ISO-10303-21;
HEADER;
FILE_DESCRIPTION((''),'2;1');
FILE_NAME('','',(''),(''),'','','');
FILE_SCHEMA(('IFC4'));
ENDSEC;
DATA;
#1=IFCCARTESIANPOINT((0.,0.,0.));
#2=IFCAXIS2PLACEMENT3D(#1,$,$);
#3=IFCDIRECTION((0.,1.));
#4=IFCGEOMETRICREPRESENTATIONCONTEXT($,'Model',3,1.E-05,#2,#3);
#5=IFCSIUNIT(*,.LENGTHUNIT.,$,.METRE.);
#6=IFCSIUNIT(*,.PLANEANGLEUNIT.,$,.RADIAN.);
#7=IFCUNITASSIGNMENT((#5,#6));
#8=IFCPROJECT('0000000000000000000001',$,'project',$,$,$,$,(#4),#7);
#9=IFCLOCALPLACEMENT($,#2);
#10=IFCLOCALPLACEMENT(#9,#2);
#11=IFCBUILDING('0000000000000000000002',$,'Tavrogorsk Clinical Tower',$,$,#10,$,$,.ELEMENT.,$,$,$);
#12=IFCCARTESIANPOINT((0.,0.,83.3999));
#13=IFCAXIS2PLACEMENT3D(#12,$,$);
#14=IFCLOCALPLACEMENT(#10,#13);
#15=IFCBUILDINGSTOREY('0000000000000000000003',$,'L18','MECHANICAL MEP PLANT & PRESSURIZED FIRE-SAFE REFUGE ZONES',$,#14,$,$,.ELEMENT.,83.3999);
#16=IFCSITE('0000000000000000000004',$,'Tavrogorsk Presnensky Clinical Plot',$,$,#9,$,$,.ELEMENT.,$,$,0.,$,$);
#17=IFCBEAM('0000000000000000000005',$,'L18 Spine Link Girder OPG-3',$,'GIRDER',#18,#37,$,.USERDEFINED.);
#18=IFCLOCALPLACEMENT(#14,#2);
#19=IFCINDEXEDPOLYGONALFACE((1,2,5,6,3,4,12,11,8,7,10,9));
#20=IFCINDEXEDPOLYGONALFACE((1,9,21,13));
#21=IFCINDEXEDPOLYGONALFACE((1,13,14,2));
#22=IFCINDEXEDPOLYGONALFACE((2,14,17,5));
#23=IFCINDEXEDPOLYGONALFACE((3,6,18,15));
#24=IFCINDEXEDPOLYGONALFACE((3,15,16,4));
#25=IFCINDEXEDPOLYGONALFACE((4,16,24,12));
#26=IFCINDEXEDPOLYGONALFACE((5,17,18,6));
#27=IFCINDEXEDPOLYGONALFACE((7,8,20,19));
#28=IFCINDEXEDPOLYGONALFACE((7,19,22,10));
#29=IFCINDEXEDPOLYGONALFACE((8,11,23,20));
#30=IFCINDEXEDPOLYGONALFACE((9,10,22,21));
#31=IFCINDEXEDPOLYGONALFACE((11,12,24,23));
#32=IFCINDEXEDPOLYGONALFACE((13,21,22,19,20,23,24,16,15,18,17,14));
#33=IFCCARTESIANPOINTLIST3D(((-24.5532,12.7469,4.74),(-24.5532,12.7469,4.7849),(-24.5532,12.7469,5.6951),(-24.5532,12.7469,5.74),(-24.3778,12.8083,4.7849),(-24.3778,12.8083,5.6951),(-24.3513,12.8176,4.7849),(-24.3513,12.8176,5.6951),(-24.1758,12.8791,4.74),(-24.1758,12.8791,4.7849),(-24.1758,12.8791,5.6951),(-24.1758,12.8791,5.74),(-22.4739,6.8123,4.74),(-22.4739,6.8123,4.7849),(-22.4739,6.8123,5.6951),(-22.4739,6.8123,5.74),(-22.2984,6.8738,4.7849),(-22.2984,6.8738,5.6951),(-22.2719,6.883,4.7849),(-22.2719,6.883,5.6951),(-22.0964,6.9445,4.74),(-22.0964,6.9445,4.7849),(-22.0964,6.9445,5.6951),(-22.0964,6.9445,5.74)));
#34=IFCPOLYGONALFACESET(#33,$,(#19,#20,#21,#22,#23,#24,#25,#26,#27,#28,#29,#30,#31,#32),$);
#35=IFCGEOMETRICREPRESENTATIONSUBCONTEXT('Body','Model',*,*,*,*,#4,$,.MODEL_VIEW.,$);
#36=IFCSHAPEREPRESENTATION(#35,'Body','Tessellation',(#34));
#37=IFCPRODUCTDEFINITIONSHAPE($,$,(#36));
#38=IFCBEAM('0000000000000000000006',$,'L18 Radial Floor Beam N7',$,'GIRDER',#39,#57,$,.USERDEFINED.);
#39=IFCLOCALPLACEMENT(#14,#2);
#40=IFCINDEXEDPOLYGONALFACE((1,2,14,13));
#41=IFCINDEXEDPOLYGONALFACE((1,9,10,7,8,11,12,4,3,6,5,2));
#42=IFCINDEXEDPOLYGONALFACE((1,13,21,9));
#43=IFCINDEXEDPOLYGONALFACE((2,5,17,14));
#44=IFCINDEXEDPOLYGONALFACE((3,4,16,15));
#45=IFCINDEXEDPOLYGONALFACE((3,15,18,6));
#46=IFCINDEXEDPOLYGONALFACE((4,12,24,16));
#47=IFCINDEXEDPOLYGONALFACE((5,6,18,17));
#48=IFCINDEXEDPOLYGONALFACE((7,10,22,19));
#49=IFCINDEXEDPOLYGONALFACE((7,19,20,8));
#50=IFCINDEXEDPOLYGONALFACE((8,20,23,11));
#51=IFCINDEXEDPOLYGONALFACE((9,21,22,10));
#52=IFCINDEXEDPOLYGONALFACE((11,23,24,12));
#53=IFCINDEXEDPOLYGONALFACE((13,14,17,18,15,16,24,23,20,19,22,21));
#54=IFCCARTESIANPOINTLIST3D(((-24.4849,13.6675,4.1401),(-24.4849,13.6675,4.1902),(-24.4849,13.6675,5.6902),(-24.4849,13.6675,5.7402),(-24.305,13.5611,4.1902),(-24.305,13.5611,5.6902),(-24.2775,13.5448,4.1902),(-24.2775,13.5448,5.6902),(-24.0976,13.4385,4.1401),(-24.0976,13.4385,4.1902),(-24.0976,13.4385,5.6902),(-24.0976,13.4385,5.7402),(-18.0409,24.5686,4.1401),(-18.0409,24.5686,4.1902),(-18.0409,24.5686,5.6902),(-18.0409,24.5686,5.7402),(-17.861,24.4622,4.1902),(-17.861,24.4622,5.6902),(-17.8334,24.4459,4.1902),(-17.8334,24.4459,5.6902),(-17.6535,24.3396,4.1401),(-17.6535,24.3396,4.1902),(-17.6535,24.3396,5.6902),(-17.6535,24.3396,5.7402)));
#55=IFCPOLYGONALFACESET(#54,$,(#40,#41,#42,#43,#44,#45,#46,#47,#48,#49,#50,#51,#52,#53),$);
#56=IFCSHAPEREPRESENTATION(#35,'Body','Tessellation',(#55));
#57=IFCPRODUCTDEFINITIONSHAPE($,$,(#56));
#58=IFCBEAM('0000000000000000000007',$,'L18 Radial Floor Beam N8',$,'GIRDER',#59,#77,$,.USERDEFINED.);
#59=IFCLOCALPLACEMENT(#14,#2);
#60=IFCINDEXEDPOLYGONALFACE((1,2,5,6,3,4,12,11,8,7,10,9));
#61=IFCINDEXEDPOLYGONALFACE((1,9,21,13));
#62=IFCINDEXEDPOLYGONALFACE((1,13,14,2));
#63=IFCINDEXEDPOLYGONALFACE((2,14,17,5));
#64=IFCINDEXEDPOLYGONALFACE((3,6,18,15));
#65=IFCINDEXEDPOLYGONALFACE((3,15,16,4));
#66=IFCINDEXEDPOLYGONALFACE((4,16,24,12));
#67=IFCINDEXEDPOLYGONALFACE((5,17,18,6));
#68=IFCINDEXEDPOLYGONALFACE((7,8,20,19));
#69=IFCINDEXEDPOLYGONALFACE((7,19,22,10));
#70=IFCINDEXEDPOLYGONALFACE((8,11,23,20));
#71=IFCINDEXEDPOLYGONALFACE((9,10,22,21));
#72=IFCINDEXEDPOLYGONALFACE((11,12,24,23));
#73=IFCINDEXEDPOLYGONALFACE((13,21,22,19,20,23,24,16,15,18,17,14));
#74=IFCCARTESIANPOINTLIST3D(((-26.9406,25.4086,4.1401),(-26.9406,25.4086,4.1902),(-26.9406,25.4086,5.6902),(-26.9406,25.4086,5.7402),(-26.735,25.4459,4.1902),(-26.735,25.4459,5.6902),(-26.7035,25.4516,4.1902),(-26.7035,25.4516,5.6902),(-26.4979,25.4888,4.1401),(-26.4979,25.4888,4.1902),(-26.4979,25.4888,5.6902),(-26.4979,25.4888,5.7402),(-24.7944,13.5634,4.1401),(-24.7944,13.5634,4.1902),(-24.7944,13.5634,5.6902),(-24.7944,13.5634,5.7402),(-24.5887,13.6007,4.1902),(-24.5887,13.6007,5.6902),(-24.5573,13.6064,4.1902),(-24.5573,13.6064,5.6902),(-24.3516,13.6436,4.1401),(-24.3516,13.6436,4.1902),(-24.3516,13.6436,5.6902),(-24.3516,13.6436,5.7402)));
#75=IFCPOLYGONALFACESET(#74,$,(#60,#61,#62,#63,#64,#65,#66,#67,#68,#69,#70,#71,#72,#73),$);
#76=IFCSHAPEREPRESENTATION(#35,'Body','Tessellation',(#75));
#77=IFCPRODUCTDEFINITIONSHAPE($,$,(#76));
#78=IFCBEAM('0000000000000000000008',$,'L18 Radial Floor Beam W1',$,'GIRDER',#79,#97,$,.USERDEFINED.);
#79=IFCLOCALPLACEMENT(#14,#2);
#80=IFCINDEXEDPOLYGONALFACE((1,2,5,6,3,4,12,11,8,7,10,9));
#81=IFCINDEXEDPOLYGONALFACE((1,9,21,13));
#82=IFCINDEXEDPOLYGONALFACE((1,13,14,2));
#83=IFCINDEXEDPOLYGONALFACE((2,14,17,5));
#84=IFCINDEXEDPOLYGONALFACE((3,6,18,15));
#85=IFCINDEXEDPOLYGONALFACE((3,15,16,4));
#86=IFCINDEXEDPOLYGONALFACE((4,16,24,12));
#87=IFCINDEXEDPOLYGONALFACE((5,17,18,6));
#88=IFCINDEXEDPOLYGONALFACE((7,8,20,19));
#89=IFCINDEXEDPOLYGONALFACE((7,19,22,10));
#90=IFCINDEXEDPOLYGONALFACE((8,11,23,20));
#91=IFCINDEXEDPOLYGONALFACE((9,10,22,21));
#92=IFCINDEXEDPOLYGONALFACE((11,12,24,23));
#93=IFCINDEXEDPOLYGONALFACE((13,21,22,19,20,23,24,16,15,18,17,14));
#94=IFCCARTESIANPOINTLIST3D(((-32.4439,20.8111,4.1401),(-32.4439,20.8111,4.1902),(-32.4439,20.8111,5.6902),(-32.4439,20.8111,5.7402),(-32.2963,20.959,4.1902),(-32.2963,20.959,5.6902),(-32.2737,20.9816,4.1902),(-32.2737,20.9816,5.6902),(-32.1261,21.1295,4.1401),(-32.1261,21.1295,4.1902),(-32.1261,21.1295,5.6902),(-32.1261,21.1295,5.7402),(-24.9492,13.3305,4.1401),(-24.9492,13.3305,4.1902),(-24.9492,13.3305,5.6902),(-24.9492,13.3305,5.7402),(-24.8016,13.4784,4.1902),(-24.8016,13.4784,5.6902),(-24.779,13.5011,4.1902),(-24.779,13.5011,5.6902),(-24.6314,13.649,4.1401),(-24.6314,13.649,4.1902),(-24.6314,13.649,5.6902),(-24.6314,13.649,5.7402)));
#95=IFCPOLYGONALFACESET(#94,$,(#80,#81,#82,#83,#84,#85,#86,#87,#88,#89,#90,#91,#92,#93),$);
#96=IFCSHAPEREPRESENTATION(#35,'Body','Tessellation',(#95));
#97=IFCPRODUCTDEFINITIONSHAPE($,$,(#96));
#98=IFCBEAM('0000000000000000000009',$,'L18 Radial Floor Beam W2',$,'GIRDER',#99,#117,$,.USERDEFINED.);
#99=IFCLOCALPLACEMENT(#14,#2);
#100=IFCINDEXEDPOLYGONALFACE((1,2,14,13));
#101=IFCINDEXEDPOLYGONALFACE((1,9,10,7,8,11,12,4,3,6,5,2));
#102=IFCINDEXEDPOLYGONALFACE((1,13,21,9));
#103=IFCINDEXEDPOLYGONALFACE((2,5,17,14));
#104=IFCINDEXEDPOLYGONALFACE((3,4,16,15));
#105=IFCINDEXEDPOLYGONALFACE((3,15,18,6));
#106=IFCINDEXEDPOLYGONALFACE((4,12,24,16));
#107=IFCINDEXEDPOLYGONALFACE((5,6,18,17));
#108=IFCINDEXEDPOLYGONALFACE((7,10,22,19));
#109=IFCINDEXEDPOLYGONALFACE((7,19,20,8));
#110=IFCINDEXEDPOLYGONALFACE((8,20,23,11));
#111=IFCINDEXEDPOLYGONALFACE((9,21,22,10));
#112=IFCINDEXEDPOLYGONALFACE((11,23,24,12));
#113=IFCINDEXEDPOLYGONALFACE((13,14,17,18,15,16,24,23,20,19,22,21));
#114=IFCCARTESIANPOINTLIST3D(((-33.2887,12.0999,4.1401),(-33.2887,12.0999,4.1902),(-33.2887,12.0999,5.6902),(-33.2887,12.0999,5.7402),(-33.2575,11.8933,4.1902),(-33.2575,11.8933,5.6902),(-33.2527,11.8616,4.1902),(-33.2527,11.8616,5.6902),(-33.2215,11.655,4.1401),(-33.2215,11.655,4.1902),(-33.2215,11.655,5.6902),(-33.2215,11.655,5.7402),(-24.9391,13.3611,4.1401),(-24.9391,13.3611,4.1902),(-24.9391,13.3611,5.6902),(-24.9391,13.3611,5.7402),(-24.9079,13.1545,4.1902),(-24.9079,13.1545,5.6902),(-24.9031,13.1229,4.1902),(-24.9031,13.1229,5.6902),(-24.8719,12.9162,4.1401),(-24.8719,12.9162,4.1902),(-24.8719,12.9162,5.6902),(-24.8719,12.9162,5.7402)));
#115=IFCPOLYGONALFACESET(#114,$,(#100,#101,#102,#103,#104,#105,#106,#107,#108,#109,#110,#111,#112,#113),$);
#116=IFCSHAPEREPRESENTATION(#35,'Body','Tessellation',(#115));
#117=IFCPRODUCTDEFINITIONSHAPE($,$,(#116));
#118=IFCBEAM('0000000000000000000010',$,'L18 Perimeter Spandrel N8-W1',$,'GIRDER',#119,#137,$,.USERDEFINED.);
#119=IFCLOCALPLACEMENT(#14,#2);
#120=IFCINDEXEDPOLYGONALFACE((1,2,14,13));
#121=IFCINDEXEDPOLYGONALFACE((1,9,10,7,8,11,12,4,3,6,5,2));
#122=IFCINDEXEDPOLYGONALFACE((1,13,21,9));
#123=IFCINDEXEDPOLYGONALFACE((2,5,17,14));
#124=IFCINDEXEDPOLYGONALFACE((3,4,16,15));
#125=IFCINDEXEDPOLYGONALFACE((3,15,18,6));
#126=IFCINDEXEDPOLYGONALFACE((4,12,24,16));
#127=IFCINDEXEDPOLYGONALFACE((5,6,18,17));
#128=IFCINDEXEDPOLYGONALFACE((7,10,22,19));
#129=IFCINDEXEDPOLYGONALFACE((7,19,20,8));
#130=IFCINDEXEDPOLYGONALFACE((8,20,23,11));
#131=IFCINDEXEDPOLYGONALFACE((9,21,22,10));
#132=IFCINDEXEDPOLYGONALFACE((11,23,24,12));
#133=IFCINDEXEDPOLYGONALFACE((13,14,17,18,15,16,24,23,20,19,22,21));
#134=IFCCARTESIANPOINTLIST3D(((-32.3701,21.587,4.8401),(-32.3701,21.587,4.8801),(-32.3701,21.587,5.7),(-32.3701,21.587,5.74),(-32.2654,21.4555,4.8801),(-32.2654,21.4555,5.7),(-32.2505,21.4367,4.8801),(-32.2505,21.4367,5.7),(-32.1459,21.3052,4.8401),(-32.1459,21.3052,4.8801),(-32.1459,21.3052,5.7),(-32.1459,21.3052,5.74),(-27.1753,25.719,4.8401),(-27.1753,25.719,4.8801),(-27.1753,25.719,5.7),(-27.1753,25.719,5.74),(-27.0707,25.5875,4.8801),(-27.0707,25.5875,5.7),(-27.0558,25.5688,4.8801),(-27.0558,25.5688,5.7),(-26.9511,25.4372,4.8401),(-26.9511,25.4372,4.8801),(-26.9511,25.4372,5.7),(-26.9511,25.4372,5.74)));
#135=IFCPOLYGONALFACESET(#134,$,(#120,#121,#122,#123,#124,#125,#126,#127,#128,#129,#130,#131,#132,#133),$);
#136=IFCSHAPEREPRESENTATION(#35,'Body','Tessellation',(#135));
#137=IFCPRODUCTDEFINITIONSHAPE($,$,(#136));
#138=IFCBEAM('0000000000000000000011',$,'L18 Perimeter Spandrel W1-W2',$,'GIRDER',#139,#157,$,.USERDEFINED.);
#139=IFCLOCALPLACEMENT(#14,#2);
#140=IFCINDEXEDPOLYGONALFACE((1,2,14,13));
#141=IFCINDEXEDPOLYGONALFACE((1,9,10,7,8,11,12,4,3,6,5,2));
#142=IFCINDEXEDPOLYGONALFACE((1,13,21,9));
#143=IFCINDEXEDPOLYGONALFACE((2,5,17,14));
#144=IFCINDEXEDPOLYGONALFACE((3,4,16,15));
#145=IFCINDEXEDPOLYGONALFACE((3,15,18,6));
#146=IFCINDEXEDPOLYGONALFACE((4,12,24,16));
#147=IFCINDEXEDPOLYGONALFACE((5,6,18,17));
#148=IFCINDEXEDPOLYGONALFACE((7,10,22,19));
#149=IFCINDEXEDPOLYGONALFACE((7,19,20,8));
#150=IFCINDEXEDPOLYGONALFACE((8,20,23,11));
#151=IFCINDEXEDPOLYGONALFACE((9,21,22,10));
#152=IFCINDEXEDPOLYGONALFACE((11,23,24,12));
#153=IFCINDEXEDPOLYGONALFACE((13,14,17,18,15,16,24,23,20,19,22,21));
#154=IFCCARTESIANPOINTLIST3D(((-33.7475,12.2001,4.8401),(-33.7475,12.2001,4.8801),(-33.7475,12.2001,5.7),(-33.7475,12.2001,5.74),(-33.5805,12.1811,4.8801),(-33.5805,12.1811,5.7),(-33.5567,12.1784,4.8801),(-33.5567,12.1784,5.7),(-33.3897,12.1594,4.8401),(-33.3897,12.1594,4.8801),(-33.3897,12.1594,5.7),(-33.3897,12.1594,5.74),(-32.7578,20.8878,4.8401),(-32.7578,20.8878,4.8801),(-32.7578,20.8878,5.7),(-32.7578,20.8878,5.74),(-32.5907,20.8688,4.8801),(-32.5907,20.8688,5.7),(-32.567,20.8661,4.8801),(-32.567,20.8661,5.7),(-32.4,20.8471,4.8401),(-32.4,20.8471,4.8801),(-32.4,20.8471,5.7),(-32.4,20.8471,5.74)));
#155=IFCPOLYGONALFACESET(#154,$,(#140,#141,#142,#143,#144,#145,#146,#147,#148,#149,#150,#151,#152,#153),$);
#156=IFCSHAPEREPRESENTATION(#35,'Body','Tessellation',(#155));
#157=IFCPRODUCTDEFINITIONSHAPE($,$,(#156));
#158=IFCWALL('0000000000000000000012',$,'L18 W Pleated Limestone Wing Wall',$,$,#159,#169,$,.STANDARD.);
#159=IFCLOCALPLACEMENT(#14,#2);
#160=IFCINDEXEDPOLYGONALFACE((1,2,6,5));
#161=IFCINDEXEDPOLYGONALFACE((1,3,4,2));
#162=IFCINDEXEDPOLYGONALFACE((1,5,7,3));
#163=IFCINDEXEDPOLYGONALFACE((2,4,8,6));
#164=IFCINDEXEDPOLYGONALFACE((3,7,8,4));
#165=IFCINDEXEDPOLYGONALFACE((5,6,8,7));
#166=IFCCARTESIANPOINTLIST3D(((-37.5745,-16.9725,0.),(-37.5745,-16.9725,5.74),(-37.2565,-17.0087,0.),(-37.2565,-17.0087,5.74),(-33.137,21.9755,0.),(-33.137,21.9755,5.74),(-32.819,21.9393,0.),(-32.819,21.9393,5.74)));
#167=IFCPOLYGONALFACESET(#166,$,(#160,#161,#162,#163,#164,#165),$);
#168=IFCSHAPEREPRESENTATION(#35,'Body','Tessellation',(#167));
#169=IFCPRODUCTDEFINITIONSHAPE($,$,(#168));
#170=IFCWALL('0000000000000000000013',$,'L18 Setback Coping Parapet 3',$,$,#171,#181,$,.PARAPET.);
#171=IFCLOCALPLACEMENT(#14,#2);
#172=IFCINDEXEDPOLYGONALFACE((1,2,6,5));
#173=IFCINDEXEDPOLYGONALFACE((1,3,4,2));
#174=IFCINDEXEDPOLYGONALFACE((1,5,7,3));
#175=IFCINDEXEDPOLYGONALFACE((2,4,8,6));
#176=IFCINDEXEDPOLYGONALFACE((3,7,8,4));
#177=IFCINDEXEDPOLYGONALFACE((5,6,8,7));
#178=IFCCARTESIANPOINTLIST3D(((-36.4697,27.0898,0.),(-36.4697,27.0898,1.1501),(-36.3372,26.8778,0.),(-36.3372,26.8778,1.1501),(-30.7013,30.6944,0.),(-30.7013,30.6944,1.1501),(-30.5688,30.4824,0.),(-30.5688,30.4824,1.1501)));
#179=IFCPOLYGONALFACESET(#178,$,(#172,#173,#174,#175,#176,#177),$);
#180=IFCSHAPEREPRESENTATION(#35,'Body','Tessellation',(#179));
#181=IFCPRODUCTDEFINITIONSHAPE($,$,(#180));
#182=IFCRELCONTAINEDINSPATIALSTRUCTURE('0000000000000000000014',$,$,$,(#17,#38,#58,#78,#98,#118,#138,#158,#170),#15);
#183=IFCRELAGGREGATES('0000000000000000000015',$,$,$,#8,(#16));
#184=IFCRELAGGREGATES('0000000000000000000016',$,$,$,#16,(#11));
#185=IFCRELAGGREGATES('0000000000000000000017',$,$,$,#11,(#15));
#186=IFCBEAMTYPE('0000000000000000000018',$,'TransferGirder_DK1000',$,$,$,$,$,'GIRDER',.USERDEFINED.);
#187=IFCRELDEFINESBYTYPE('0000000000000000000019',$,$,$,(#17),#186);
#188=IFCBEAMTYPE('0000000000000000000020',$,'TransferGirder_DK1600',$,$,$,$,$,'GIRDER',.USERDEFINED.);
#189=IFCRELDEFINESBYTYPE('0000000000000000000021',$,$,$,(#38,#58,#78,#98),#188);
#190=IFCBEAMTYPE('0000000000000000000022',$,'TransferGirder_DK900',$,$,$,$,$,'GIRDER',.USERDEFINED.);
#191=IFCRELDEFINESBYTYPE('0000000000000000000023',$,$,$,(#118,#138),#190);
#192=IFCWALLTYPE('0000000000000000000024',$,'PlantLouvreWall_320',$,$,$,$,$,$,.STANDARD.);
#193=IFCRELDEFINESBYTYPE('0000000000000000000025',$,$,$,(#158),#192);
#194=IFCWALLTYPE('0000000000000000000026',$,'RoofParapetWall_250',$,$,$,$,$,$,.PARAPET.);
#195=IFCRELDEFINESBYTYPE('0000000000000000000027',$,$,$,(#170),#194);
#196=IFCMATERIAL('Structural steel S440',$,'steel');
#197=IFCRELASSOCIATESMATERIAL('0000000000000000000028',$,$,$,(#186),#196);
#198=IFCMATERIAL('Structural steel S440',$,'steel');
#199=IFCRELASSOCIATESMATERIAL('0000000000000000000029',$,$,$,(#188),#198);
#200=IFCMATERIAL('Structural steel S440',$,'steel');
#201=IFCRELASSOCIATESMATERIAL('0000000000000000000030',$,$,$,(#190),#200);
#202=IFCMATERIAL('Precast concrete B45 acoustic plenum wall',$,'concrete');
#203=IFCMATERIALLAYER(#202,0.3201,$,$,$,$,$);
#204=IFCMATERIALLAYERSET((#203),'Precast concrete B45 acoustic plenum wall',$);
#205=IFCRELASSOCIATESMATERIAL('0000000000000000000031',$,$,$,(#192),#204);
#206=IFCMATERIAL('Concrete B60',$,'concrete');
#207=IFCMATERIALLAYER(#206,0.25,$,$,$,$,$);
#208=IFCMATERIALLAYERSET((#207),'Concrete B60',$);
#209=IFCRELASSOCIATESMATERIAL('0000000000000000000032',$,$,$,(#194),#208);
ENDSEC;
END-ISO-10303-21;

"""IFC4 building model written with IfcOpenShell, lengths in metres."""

from ifc_helpers import new_model, si_unit, direction, frame, frame_2d, origin, origin_2d, place, context, subcontext, project, spatial, rectangle, i_section, extrude, material, layer, layer_set, material_profile, profile_set, type_object, element, save


model = new_model("IFC4")

# Units and contexts
model_context = context("Model", 3, precision=1e-05, world=origin(), true_north=direction((0.0, 1.0)))
body_context = subcontext(model_context, "Body", "Model", "MODEL_VIEW")
ifc_project = project(units=[si_unit("LENGTHUNIT", "METRE"), si_unit("PLANEANGLEUNIT", "RADIAN")], contexts=[model_context])

# Site, building, storey
site_placement = place(None, origin())
site = spatial("IfcSite", under=ifc_project, at=site_placement, Name="Tavrogorsk Presnensky Clinical Plot", CompositionType="ELEMENT", RefElevation=0.0)
building_placement = place(site_placement, origin())
building = spatial("IfcBuilding", under=site, at=building_placement, Name="Tavrogorsk Clinical Tower", CompositionType="ELEMENT")
storey_placement = place(building_placement, frame((0.0, 0.0, 83.3999)))
storey = spatial("IfcBuildingStorey", under=building, at=storey_placement, Name="L18", Description="MECHANICAL MEP PLANT & PRESSURIZED FIRE-SAFE REFUGE ZONES", CompositionType="ELEMENT", Elevation=83.3999)

# Beams
ifc_material_1 = material(Name="Structural steel S440", Category="steel")
ifc_material_profile_1 = material_profile(ifc_material_1, i_section(OverallWidth=0.3999, OverallDepth=1.0, WebThickness=0.0281, FlangeThickness=0.0449, at=origin_2d()), Name="DK-1000x400x28x45")
ifc_profile_set_1 = profile_set([ifc_material_profile_1], Name="Structural steel S440")
beam_type_1 = type_object("IfcBeamType", Name="TransferGirder_DK1000", ElementType="GIRDER", PredefinedType="USERDEFINED", material=ifc_profile_set_1)
beam_1_placement = place(storey_placement, frame((-24.3645, 12.813, 5.24), z_axis=(0.330669, -0.943747, 0.0), x_axis=(0.943747, 0.330669, 0.0)))
element("IfcBeam", 1, at=beam_1_placement, inside=storey, type_object=beam_type_1, Name="L18 Spine Link Girder OPG-3", ObjectType="GIRDER", PredefinedType="USERDEFINED", context=body_context, shape_type="SweptSolid", body=[
    extrude(i_section(OverallWidth=0.3999, OverallDepth=1.0, WebThickness=0.0281, FlangeThickness=0.0449, at=origin_2d()), origin(), (0.0, 0.0, 1.0), 6.2883),
])
ifc_material_2 = material(Name="Structural steel S440", Category="steel")
ifc_material_profile_2 = material_profile(ifc_material_2, i_section(OverallWidth=0.45, OverallDepth=1.6001, WebThickness=0.032, FlangeThickness=0.05, at=origin_2d()), Name="DK-1600x450x32x50")
ifc_profile_set_2 = profile_set([ifc_material_profile_2], Name="Structural steel S440")
beam_type_2 = type_object("IfcBeamType", Name="TransferGirder_DK1600", ElementType="GIRDER", PredefinedType="USERDEFINED", material=ifc_profile_set_2)
beam_2_placement = place(storey_placement, frame((-24.2913, 13.553, 4.9402), z_axis=(0.508877, 0.860839, 0.0), x_axis=(-0.860839, 0.508877, 0.0)))
element("IfcBeam", 2, at=beam_2_placement, inside=storey, type_object=beam_type_2, Name="L18 Radial Floor Beam N7", ObjectType="GIRDER", PredefinedType="USERDEFINED", context=body_context, shape_type="SweptSolid", body=[
    extrude(i_section(OverallWidth=0.45, OverallDepth=1.6001, WebThickness=0.032, FlangeThickness=0.05, at=origin_2d()), origin(), (0.0, 0.0, 1.0), 12.6633),
])
beam_3_placement = place(storey_placement, frame((-24.573, 13.6035, 4.9402), z_axis=(-0.178288, 0.983978, 0.0), x_axis=(-0.983978, -0.178288, 0.0)))
element("IfcBeam", 3, at=beam_3_placement, inside=storey, type_object=beam_type_2, Name="L18 Radial Floor Beam N8", ObjectType="GIRDER", PredefinedType="USERDEFINED", context=body_context, shape_type="SweptSolid", body=[
    extrude(i_section(OverallWidth=0.45, OverallDepth=1.6001, WebThickness=0.032, FlangeThickness=0.05, at=origin_2d()), origin(), (0.0, 0.0, 1.0), 12.0381),
])
beam_4_placement = place(storey_placement, frame((-24.7903, 13.4897, 4.9402), z_axis=(-0.707775, 0.706438, 0.0), x_axis=(-0.706438, -0.707775, 0.0)))
element("IfcBeam", 4, at=beam_4_placement, inside=storey, type_object=beam_type_2, Name="L18 Radial Floor Beam W1", ObjectType="GIRDER", PredefinedType="USERDEFINED", context=body_context, shape_type="SweptSolid", body=[
    extrude(i_section(OverallWidth=0.45, OverallDepth=1.6001, WebThickness=0.032, FlangeThickness=0.05, at=origin_2d()), origin(), (0.0, 0.0, 1.0), 10.5891),
])
beam_5_placement = place(storey_placement, frame((-24.9055, 13.1387, 4.9402), z_axis=(-0.988783, -0.149358, 0.0), x_axis=(0.149358, -0.988783, 0.0)))
element("IfcBeam", 5, at=beam_5_placement, inside=storey, type_object=beam_type_2, Name="L18 Radial Floor Beam W2", ObjectType="GIRDER", PredefinedType="USERDEFINED", context=body_context, shape_type="SweptSolid", body=[
    extrude(i_section(OverallWidth=0.45, OverallDepth=1.6001, WebThickness=0.032, FlangeThickness=0.05, at=origin_2d()), origin(), (0.0, 0.0, 1.0), 8.4443),
])
ifc_material_3 = material(Name="Structural steel S440", Category="steel")
ifc_material_profile_3 = material_profile(ifc_material_3, i_section(OverallWidth=0.3601, OverallDepth=0.8999, WebThickness=0.0239, FlangeThickness=0.04, at=origin_2d()), Name="DK-900x360x24x40")
ifc_profile_set_3 = profile_set([ifc_material_profile_3], Name="Structural steel S440")
beam_type_3 = type_object("IfcBeamType", Name="TransferGirder_DK900", ElementType="GIRDER", PredefinedType="USERDEFINED", material=ifc_profile_set_3)
beam_6_placement = place(storey_placement, frame((-27.0632, 25.5781, 5.29), z_axis=(-0.782613, -0.622508, 0.0), x_axis=(0.622508, -0.782613, 0.0)))
element("IfcBeam", 6, at=beam_6_placement, inside=storey, type_object=beam_type_3, Name="L18 Perimeter Spandrel N8-W1", ObjectType="GIRDER", PredefinedType="USERDEFINED", context=body_context, shape_type="SweptSolid", body=[
    extrude(i_section(OverallWidth=0.3601, OverallDepth=0.8999, WebThickness=0.0239, FlangeThickness=0.04, at=origin_2d()), origin(), (0.0, 0.0, 1.0), 6.6377),
])
beam_7_placement = place(storey_placement, frame((-32.5789, 20.8674, 5.29), z_axis=(-0.113192, -0.993573, 0.0), x_axis=(0.993573, -0.113192, 0.0)))
element("IfcBeam", 7, at=beam_7_placement, inside=storey, type_object=beam_type_3, Name="L18 Perimeter Spandrel W1-W2", ObjectType="GIRDER", PredefinedType="USERDEFINED", context=body_context, shape_type="SweptSolid", body=[
    extrude(i_section(OverallWidth=0.3601, OverallDepth=0.8999, WebThickness=0.0239, FlangeThickness=0.04, at=origin_2d()), origin(), (0.0, 0.0, 1.0), 8.7439),
])

# Walls
ifc_material_4 = material(Name="Precast concrete B45 acoustic plenum wall", Category="concrete")
ifc_layer_1 = layer(ifc_material_4, 0.3201)
ifc_layer_set_1 = layer_set([ifc_layer_1], Name="Precast concrete B45 acoustic plenum wall")
wall_type_1 = type_object("IfcWallType", Name="PlantLouvreWall_320", PredefinedType="STANDARD", material=ifc_layer_set_1)
wall_1_placement = place(storey_placement, frame((-32.978, 21.9575, 0.0), z_axis=(0.0, 0.0, 1.0), x_axis=(-0.113202, -0.993572, 0.0)))
element("IfcWall", 8, at=wall_1_placement, inside=storey, type_object=wall_type_1, Name="L18 W Pleated Limestone Wing Wall", PredefinedType="STANDARD", context=body_context, shape_type="SweptSolid", body=[
    extrude(rectangle(XDim=39.2, YDim=0.3201, at=frame_2d((19.6001, 0.0))), origin(), (0.0, 0.0, 1.0), 5.74),
])
ifc_material_5 = material(Name="Concrete B60", Category="concrete")
ifc_layer_2 = layer(ifc_material_5, 0.25)
ifc_layer_set_2 = layer_set([ifc_layer_2], Name="Concrete B60")
wall_type_2 = type_object("IfcWallType", Name="RoofParapetWall_250", PredefinedType="PARAPET", material=ifc_layer_set_2)
wall_2_placement = place(storey_placement, frame((-36.4033, 26.9839, 0.0), z_axis=(0.0, 0.0, 1.0), x_axis=(0.848045, 0.529925, 0.0)))
element("IfcWall", 9, at=wall_2_placement, inside=storey, type_object=wall_type_2, Name="L18 Setback Coping Parapet 3", PredefinedType="PARAPET", context=body_context, shape_type="SweptSolid", body=[
    extrude(rectangle(XDim=6.802, YDim=0.25, at=frame_2d((3.4009, 0.0))), origin(), (0.0, 0.0, 1.0), 1.1501),
])

save(model, "model.ifc")
